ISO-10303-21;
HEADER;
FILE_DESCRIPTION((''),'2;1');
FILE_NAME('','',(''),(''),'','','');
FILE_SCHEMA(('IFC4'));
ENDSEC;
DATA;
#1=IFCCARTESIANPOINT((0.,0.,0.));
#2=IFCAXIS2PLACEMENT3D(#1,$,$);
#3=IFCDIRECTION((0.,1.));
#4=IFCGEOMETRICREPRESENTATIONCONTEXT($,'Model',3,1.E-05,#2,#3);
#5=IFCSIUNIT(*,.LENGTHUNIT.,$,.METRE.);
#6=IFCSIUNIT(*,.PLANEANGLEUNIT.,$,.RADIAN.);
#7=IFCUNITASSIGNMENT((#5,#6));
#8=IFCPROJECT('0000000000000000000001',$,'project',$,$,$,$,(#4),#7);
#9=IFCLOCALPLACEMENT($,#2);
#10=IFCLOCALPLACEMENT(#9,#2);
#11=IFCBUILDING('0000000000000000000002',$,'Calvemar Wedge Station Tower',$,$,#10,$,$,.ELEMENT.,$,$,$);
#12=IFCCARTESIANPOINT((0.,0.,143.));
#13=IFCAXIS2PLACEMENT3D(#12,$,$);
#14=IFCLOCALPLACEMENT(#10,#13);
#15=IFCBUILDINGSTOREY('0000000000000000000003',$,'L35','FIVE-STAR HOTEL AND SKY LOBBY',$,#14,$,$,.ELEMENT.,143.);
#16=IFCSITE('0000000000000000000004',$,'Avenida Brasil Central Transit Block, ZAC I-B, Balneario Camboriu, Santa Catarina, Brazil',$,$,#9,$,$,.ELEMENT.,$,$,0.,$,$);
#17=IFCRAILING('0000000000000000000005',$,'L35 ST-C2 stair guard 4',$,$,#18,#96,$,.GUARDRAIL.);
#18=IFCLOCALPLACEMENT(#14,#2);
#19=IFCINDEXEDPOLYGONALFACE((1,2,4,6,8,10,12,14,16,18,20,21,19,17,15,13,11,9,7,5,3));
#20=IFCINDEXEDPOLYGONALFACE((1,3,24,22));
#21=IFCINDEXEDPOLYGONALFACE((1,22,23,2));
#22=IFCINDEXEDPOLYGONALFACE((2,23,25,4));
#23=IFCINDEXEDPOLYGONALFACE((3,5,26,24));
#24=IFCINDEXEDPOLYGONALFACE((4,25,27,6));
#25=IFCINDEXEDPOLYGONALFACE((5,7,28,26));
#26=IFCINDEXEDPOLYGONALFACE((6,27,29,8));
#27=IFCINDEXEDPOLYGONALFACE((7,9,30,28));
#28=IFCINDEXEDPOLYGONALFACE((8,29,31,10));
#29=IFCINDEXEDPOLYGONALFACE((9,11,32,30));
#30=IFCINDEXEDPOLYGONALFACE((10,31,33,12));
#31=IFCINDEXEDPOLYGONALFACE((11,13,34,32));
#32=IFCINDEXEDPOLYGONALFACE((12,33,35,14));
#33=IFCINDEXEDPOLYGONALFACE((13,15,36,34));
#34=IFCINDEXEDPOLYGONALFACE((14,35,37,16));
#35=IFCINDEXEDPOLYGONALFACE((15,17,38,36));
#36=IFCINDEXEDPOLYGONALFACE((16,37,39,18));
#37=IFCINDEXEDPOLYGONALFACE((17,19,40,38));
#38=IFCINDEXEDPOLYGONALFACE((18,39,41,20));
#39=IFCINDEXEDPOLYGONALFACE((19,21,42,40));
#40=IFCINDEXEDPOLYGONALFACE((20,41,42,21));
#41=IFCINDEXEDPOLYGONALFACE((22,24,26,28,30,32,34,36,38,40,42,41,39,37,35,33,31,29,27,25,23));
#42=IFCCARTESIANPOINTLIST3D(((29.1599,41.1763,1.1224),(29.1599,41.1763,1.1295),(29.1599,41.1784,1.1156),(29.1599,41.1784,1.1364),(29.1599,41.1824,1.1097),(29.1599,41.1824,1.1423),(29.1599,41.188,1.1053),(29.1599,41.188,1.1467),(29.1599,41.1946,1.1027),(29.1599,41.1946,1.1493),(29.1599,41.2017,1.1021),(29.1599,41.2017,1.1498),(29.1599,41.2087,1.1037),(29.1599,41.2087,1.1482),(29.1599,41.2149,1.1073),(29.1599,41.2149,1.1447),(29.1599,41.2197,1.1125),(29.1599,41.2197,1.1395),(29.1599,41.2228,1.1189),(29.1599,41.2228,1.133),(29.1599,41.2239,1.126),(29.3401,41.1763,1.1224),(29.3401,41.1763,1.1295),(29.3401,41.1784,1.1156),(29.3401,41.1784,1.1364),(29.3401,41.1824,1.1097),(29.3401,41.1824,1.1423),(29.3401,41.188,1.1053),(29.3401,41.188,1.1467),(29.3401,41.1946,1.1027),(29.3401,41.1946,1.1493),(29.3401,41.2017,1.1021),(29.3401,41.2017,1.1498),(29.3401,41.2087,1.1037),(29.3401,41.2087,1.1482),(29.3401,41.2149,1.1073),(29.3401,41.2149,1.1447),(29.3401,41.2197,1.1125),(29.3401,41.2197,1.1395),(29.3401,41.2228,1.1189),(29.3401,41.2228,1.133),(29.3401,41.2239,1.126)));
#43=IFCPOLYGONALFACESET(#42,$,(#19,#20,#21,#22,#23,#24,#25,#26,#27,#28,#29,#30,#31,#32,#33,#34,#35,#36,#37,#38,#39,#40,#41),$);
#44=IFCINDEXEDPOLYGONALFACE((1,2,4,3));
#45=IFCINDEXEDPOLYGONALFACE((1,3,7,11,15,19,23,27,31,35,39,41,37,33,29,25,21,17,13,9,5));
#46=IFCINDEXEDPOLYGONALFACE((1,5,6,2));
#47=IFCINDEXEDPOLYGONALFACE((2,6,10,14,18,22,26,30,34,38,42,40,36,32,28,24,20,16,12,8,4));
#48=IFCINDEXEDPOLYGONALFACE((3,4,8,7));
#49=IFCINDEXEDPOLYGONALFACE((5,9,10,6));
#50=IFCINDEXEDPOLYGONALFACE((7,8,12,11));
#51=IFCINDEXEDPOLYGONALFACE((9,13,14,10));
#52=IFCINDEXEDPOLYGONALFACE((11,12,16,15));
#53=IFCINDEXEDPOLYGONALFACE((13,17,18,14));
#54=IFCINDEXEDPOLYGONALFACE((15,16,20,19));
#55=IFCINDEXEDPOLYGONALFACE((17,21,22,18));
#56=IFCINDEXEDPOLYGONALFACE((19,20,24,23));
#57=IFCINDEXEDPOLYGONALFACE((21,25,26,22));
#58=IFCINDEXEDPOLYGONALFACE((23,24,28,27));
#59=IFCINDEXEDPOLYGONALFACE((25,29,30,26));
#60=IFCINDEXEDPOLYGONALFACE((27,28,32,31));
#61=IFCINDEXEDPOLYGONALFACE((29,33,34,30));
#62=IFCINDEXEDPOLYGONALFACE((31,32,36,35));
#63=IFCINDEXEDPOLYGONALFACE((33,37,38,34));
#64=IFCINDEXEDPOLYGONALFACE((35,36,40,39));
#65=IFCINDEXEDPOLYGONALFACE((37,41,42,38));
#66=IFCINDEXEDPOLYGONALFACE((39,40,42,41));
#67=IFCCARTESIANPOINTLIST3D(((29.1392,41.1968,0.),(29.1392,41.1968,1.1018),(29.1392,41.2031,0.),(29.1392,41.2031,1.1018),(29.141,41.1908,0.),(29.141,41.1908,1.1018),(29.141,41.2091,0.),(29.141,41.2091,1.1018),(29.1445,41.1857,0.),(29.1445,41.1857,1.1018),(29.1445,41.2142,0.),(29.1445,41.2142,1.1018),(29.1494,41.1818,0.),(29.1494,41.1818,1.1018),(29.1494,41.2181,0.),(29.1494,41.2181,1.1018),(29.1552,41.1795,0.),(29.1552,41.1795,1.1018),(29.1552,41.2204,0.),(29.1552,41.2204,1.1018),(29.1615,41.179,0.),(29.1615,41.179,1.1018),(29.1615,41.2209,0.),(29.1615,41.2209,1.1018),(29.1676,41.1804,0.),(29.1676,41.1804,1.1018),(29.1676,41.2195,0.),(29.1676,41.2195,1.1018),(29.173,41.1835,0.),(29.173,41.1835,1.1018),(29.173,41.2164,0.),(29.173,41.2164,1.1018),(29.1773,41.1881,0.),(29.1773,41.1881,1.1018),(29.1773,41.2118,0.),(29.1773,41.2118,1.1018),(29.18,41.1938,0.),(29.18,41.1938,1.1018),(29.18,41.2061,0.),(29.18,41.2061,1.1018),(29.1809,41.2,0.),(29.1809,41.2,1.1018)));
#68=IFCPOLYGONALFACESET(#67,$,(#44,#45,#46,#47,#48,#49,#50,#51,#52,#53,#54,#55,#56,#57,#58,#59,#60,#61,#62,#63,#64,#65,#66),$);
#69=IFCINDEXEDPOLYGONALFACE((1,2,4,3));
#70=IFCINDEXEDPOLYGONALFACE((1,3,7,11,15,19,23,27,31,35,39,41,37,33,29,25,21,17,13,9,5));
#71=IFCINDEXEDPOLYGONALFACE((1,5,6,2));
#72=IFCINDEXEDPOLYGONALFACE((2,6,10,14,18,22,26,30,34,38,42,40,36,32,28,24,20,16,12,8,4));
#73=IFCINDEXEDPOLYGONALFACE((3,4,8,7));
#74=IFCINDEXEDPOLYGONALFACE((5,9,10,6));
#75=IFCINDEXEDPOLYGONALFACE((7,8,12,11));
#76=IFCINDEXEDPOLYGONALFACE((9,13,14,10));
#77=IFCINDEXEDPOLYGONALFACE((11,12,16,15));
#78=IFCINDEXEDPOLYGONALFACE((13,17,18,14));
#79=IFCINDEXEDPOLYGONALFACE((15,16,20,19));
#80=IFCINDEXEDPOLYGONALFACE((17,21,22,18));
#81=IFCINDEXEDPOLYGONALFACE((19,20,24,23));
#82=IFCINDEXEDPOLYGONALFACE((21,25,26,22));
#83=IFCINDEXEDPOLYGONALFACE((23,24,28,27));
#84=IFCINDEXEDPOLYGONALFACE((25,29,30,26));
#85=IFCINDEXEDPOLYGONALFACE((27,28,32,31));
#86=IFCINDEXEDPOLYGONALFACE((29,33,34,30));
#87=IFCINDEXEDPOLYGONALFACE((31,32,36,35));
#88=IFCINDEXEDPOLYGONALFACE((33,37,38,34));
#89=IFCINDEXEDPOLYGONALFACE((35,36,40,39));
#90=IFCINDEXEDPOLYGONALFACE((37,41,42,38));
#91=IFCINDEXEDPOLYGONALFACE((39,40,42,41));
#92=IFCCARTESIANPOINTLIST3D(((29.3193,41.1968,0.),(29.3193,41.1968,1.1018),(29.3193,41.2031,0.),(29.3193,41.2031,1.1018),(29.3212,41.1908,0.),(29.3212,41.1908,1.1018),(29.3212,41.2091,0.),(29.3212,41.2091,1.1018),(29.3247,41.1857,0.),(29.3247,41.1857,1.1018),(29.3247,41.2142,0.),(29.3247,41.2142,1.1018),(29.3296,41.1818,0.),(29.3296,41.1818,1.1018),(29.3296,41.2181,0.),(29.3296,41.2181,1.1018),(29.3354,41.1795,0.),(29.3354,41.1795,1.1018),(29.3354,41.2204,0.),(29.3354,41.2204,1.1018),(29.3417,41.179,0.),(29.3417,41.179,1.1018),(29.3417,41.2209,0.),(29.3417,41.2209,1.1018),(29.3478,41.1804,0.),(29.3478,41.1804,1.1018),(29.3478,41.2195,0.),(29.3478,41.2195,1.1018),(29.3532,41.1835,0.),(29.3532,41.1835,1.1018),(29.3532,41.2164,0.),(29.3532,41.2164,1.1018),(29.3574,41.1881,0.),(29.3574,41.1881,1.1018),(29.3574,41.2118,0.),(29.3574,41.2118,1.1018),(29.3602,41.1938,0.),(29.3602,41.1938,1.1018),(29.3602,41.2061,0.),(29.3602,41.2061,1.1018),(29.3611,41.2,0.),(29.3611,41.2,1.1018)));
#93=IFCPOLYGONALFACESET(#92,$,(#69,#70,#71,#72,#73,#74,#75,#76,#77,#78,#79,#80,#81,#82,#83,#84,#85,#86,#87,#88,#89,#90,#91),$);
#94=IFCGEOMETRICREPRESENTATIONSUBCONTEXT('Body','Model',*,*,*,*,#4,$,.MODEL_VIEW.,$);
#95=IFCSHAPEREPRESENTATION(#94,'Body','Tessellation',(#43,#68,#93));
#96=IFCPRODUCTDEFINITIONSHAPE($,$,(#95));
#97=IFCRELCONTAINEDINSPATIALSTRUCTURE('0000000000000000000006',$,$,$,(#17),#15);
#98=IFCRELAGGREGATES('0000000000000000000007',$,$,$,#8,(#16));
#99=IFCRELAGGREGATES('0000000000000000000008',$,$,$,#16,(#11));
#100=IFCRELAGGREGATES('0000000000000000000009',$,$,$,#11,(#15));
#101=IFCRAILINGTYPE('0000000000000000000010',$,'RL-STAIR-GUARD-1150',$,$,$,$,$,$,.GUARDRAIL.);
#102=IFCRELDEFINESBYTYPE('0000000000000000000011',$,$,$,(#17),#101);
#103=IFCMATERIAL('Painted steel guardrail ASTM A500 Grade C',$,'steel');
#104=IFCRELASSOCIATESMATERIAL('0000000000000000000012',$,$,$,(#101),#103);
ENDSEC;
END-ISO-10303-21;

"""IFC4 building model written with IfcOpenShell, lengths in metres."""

from ifc_helpers import new_model, si_unit, direction, frame, origin, origin_2d, place, context, subcontext, project, spatial, circle, extrude, material, type_object, element, save


model = new_model("IFC4")

# Units and contexts
model_context = context("Model", 3, precision=1e-05, world=origin(), true_north=direction((0.0, 1.0)))
body_context = subcontext(model_context, "Body", "Model", "MODEL_VIEW")
ifc_project = project(units=[si_unit("LENGTHUNIT", "METRE"), si_unit("PLANEANGLEUNIT", "RADIAN")], contexts=[model_context])

# Site, building, storey
site_placement = place(None, origin())
site = spatial("IfcSite", under=ifc_project, at=site_placement, Name="Avenida Brasil Central Transit Block, ZAC I-B, Balneario Camboriu, Santa Catarina, Brazil", CompositionType="ELEMENT", RefElevation=0.0)
building_placement = place(site_placement, origin())
building = spatial("IfcBuilding", under=site, at=building_placement, Name="Calvemar Wedge Station Tower", CompositionType="ELEMENT")
storey_placement = place(building_placement, frame((0.0, 0.0, 143.0)))
storey = spatial("IfcBuildingStorey", under=building, at=storey_placement, Name="L35", Description="FIVE-STAR HOTEL AND SKY LOBBY", CompositionType="ELEMENT", Elevation=143.0)

# Railing
ifc_material_1 = material(Name="Painted steel guardrail ASTM A500 Grade C", Category="steel")
railing_type_1 = type_object("IfcRailingType", Name="RL-STAIR-GUARD-1150", PredefinedType="GUARDRAIL", material=ifc_material_1)
railing_1_placement = place(storey_placement, frame((29.1599, 41.2, 0.0)))
element("IfcRailing", 1, at=railing_1_placement, inside=storey, type_object=railing_type_1, Name="L35 ST-C2 stair guard 4", PredefinedType="GUARDRAIL", context=body_context, shape_type="SweptSolid", body=[
    extrude(circle(Radius=0.0239, at=origin_2d()), frame((0.0, 0.0, 1.126), z_axis=(1.0, 0.0, 0.0), x_axis=(0.0, 1.0, 0.0)), (0.0, 0.0, 1.0), 0.1802),
    extrude(circle(Radius=0.021, at=origin_2d()), origin(), (0.0, 0.0, 1.0), 1.1018),
    extrude(circle(Radius=0.021, at=origin_2d()), frame((0.1802, 0.0, 0.0)), (0.0, 0.0, 1.0), 1.1018),
])

save(model, "model.ifc")
